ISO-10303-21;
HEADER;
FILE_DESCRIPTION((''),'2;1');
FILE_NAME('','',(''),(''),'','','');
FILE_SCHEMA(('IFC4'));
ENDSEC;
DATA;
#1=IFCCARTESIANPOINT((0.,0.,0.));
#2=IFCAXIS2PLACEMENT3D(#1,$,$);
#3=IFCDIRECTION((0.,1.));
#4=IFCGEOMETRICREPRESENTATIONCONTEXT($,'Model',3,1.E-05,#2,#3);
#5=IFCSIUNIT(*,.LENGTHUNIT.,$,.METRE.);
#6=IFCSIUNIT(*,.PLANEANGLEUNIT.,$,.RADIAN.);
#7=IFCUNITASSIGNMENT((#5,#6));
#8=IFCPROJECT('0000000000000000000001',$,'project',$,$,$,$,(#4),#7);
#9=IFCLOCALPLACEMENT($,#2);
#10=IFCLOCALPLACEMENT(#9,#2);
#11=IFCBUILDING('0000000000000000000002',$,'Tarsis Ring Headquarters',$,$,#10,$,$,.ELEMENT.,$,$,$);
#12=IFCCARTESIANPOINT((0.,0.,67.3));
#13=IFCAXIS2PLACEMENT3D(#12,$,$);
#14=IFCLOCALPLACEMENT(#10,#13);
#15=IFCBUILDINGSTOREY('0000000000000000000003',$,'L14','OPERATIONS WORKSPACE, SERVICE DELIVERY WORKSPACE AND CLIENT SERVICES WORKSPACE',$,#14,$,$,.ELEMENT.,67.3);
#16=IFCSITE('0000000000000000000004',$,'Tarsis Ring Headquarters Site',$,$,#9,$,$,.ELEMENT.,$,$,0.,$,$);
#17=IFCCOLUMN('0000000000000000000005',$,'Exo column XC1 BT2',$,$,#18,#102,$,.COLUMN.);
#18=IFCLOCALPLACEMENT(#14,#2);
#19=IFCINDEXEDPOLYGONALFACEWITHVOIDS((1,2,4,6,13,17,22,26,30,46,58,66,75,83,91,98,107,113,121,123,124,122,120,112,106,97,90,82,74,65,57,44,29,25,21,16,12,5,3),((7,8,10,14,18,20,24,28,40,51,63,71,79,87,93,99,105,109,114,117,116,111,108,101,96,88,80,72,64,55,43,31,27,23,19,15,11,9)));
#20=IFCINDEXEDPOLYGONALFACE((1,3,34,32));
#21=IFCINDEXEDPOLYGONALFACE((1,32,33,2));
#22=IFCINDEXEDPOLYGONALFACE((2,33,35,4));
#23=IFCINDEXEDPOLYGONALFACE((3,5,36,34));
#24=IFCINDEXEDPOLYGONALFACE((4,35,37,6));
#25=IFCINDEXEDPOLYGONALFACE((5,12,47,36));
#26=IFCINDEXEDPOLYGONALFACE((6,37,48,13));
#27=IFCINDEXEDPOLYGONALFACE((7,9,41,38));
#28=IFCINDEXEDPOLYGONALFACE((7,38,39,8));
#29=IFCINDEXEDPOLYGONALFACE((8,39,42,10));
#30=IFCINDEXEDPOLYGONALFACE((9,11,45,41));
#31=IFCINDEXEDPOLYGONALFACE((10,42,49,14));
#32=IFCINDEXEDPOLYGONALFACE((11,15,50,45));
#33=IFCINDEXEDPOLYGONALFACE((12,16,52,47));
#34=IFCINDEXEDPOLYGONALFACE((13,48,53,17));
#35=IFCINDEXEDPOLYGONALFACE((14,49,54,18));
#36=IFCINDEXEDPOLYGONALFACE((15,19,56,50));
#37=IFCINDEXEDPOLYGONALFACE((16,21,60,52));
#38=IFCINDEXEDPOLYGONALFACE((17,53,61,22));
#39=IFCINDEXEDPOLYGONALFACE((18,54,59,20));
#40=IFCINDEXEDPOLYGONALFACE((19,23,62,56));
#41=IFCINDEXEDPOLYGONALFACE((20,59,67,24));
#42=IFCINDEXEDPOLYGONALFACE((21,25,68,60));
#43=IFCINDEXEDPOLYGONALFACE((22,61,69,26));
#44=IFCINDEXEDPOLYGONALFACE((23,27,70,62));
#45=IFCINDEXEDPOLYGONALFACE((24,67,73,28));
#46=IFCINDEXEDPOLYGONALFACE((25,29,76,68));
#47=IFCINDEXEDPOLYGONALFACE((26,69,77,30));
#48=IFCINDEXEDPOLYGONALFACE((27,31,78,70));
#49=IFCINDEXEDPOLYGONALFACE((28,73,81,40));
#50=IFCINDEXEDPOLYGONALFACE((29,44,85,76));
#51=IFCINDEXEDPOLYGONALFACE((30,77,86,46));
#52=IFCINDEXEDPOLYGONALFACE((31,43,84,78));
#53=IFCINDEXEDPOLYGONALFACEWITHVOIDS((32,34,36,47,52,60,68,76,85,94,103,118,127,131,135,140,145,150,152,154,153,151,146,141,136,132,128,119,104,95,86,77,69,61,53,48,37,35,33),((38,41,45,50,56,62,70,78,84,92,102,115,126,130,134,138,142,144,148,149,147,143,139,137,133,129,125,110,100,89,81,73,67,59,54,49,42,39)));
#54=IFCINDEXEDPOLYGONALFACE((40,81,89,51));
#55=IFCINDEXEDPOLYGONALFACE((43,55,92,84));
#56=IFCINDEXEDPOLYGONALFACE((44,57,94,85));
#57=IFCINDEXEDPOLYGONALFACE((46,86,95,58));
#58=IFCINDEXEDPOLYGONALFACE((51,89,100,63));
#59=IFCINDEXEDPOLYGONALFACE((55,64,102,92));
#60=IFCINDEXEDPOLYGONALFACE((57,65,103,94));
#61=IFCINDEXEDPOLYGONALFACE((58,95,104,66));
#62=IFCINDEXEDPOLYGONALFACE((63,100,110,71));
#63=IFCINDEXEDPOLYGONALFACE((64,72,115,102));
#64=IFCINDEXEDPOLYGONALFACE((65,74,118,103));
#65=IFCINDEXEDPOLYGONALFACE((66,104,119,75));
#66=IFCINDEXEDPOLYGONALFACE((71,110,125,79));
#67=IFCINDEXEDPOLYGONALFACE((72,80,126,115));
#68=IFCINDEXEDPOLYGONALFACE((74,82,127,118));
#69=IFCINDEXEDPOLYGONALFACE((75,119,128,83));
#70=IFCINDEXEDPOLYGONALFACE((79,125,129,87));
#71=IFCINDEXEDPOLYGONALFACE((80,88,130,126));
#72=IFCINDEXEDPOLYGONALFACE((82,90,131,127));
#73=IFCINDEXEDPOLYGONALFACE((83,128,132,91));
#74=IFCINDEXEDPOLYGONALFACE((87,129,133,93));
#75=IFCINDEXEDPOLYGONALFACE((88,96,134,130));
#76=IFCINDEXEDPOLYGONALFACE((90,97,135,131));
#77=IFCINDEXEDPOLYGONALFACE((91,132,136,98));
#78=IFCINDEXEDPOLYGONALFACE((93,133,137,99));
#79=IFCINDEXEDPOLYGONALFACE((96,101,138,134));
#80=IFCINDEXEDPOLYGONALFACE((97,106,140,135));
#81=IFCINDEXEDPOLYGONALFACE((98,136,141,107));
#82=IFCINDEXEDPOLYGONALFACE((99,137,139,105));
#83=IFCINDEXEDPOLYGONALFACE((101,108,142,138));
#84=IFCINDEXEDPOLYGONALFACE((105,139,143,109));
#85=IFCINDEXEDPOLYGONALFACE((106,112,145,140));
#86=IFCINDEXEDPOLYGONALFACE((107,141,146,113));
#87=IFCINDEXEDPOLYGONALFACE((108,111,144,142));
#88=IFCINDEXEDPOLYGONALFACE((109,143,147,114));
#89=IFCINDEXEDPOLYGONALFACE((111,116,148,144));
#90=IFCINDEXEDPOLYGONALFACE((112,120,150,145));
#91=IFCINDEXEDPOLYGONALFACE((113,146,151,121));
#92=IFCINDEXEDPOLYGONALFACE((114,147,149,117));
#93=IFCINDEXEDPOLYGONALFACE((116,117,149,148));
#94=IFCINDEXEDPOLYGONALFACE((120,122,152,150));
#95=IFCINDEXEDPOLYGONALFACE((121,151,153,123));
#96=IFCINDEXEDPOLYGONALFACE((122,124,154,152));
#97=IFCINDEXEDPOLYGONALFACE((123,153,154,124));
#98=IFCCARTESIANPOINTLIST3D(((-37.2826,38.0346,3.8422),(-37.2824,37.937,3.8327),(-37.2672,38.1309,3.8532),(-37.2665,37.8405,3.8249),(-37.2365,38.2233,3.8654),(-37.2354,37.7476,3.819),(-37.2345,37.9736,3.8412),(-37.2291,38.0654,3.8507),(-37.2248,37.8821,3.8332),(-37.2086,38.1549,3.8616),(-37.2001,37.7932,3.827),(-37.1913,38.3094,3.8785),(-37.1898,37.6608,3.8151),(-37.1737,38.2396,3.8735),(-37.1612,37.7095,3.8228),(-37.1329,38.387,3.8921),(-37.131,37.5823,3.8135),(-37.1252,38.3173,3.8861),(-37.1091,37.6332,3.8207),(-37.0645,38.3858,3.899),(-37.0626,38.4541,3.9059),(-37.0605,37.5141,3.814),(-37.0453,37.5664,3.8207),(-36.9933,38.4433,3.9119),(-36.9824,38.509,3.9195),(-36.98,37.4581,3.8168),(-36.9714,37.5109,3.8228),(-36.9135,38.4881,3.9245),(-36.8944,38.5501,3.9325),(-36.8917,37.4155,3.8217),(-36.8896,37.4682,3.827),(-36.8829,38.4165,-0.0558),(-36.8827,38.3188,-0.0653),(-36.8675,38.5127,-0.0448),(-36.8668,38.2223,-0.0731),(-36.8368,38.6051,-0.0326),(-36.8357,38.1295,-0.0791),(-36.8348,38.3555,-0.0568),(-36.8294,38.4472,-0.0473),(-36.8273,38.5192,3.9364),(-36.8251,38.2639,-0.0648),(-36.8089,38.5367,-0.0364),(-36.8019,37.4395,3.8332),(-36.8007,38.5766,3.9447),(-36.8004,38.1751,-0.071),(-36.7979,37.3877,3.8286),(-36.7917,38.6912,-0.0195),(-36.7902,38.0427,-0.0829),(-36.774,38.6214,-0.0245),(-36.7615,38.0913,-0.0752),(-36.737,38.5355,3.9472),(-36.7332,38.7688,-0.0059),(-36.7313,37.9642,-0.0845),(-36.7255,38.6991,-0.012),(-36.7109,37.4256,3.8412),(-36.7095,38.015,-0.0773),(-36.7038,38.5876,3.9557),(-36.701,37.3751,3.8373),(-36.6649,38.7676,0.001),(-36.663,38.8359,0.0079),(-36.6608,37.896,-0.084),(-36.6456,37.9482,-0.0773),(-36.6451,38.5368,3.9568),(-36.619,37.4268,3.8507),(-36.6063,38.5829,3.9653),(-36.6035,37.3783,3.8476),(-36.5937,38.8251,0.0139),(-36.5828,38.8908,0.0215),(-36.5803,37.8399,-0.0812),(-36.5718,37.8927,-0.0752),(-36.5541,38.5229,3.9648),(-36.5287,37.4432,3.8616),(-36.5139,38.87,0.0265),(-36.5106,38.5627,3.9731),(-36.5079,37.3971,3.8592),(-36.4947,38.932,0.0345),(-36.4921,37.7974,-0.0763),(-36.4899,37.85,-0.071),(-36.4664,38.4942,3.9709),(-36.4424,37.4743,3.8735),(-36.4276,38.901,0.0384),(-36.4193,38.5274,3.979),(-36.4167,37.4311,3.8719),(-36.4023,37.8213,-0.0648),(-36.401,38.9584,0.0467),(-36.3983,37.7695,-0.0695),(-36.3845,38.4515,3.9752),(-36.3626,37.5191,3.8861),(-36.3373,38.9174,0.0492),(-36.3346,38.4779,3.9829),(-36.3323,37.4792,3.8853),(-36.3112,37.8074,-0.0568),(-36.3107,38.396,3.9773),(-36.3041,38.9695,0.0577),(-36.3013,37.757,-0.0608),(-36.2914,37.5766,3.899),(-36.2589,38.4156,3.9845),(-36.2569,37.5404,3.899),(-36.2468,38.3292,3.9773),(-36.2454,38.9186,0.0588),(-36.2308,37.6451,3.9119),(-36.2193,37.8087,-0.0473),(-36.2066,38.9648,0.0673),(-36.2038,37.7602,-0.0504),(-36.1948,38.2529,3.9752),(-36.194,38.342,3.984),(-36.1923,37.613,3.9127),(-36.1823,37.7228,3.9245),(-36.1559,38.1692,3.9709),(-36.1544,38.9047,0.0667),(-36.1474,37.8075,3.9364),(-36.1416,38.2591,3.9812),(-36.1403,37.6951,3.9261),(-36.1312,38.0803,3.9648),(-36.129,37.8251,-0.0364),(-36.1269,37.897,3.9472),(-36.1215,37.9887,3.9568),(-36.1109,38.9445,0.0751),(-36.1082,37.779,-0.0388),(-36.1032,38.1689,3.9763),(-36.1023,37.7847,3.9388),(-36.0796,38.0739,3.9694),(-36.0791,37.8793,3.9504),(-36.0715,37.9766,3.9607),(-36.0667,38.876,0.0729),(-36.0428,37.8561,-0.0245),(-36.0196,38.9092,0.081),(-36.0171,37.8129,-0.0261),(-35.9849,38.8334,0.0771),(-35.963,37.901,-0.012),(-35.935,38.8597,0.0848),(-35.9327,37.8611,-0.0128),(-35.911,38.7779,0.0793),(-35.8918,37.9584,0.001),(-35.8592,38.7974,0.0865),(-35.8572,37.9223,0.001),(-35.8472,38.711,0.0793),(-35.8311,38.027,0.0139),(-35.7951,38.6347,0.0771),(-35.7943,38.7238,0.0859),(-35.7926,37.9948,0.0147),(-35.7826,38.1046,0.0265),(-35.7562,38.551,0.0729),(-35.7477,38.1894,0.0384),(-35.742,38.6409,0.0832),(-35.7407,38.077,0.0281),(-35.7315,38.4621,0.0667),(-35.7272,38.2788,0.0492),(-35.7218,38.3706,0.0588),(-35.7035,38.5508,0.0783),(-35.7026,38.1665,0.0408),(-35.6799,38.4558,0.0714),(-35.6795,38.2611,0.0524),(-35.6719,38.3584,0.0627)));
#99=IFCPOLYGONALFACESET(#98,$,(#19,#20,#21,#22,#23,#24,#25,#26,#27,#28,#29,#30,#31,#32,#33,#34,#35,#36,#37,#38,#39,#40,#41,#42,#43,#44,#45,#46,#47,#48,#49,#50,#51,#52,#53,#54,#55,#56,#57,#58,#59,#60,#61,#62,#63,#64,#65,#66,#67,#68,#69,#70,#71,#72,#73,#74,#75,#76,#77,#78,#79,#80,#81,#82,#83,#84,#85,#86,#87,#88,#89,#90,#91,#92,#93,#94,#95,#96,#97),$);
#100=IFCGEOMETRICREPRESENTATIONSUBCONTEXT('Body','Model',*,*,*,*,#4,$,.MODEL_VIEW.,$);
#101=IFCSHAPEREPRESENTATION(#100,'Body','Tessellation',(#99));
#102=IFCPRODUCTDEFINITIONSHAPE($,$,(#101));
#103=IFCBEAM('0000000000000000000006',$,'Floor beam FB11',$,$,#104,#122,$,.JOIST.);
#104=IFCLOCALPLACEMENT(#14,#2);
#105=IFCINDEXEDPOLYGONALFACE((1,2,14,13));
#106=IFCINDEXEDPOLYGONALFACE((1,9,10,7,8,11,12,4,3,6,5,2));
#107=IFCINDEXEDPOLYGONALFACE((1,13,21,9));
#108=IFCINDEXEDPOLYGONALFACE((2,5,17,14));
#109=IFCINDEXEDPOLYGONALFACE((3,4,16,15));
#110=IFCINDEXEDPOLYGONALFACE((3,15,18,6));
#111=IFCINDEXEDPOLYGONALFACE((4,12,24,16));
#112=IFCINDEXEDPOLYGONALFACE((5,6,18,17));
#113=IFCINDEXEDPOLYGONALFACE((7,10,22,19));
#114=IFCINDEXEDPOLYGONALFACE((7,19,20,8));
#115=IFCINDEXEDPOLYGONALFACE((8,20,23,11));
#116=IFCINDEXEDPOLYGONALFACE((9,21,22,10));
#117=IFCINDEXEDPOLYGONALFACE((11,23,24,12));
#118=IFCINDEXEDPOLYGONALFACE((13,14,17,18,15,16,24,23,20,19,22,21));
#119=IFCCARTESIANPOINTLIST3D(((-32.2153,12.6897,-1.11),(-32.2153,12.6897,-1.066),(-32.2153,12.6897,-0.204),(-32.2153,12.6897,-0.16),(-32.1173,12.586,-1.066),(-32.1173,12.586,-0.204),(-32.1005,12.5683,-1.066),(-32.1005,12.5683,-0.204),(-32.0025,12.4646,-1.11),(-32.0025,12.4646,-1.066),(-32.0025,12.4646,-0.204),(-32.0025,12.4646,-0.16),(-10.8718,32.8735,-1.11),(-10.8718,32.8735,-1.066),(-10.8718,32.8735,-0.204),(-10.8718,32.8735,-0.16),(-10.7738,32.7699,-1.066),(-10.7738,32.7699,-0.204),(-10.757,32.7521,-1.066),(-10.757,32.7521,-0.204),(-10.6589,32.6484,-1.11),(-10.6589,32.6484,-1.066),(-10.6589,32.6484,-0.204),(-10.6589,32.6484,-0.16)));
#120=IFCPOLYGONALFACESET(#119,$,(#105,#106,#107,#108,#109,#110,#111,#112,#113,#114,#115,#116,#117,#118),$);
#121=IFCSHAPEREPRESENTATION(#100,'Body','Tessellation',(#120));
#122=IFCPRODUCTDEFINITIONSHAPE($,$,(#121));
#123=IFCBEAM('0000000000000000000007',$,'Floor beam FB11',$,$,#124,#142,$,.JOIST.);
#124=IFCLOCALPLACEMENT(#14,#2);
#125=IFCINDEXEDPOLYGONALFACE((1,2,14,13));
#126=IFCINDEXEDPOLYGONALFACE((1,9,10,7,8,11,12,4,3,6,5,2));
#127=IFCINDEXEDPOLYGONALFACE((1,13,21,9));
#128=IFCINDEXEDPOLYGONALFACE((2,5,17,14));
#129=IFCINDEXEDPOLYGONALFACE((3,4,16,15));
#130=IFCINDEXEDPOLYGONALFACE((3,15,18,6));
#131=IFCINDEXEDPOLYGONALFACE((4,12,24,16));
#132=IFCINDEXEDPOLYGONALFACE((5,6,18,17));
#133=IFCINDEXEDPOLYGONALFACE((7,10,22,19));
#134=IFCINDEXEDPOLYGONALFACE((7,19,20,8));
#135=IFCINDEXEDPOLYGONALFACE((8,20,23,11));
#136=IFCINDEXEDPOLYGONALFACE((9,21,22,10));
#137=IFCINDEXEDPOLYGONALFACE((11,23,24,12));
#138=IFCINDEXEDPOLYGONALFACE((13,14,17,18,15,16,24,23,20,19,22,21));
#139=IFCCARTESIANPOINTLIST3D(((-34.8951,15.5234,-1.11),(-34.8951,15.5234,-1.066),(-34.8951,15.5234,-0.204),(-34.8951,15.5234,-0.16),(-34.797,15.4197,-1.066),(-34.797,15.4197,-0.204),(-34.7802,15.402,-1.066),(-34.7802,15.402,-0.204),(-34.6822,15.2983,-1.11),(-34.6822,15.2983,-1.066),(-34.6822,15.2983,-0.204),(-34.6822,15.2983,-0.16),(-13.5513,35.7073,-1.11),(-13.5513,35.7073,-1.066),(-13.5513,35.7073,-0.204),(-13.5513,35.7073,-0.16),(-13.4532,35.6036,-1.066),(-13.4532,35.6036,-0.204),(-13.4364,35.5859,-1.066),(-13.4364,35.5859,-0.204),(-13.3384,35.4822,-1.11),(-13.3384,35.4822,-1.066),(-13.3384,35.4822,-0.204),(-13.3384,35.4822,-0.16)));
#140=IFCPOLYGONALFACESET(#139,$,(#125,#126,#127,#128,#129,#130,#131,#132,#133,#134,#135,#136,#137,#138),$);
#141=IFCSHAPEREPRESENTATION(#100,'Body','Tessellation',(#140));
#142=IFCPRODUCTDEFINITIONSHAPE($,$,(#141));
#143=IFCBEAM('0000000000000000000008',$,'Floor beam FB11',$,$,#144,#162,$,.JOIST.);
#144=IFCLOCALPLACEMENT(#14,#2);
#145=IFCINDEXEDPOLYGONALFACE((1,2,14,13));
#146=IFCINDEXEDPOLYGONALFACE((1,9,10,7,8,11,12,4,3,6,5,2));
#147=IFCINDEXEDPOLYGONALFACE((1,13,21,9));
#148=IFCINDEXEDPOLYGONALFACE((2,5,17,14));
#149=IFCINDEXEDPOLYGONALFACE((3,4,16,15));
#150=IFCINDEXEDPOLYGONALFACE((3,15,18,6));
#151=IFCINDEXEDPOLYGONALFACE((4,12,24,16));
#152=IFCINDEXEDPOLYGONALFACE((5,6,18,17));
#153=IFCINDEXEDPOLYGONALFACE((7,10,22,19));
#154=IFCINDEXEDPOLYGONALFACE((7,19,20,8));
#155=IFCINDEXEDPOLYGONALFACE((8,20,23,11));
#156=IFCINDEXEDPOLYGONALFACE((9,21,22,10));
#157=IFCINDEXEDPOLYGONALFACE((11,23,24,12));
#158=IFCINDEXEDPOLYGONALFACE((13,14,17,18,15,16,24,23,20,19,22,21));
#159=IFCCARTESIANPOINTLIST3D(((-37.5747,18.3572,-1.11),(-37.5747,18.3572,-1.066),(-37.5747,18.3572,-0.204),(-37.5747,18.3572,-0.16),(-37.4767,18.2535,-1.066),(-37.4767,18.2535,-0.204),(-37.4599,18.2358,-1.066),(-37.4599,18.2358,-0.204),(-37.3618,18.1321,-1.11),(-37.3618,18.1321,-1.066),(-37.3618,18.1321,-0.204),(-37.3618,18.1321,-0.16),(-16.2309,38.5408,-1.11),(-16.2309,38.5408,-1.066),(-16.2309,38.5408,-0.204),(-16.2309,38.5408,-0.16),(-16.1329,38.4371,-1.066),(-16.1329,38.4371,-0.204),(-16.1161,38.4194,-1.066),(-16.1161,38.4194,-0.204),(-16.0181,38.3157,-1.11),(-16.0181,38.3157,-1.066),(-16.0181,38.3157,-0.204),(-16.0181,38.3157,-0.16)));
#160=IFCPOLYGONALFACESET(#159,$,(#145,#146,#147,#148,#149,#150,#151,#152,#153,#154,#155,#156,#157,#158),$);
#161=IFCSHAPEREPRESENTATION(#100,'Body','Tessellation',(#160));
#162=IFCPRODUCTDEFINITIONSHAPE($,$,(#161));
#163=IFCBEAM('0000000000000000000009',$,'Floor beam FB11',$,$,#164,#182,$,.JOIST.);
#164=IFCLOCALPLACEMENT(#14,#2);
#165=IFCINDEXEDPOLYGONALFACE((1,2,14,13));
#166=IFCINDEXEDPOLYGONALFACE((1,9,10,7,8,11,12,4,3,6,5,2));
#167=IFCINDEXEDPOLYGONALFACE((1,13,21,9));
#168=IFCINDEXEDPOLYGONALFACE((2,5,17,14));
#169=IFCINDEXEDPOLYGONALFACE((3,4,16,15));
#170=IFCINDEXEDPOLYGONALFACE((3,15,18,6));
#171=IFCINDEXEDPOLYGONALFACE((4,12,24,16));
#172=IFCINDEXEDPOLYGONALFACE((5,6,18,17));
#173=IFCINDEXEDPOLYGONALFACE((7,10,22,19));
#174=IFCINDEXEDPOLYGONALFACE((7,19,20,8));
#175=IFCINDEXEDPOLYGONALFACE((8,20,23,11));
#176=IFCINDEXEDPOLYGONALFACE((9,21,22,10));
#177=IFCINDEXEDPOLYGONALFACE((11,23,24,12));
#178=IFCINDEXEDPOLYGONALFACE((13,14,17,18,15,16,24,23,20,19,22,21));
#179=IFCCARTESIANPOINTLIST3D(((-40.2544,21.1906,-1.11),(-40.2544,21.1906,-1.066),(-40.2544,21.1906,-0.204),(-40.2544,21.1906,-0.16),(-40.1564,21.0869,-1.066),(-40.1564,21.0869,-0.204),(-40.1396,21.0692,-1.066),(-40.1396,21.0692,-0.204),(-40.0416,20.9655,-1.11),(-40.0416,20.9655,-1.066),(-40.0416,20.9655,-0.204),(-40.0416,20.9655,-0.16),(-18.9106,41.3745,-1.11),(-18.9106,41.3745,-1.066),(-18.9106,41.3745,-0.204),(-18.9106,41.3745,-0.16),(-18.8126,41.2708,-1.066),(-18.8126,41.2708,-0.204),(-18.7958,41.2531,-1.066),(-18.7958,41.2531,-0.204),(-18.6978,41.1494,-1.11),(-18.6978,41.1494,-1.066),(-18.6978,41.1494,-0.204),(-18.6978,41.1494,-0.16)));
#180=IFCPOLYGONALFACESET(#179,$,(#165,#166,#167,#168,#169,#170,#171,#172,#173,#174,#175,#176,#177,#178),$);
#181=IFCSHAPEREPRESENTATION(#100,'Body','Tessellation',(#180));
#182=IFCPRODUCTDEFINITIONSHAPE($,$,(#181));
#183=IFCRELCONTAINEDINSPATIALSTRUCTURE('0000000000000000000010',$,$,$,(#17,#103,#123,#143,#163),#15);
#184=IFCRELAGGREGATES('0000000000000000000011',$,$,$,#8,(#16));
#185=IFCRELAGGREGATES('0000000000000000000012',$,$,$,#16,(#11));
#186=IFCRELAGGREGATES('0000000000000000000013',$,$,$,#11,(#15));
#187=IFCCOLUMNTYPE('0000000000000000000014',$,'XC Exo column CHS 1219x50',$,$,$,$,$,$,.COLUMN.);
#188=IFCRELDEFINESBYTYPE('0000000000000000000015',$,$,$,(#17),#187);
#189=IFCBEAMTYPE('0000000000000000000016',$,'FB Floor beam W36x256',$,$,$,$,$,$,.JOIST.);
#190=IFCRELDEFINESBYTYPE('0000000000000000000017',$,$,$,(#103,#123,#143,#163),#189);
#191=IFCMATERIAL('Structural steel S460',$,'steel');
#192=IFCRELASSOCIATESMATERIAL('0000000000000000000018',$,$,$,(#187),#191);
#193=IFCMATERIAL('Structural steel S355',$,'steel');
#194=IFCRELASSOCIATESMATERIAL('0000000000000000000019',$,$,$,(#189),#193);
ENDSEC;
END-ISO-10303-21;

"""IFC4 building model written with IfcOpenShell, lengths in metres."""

from ifc_helpers import new_model, si_unit, direction, frame, origin, origin_2d, place, context, subcontext, project, spatial, hollow_circle, i_section, extrude, material, material_profile, profile_set, type_object, element, save


model = new_model("IFC4")

# Units and contexts
model_context = context("Model", 3, precision=1e-05, world=origin(), true_north=direction((0.0, 1.0)))
body_context = subcontext(model_context, "Body", "Model", "MODEL_VIEW")
ifc_project = project(units=[si_unit("LENGTHUNIT", "METRE"), si_unit("PLANEANGLEUNIT", "RADIAN")], contexts=[model_context])

# Site, building, storey
site_placement = place(None, origin())
site = spatial("IfcSite", under=ifc_project, at=site_placement, Name="Tarsis Ring Headquarters Site", CompositionType="ELEMENT", RefElevation=0.0)
building_placement = place(site_placement, origin())
building = spatial("IfcBuilding", under=site, at=building_placement, Name="Tarsis Ring Headquarters", CompositionType="ELEMENT")
storey_placement = place(building_placement, frame((0.0, 0.0, 67.3)))
storey = spatial("IfcBuildingStorey", under=building, at=storey_placement, Name="L14", Description="OPERATIONS WORKSPACE, SERVICE DELIVERY WORKSPACE AND CLIENT SERVICES WORKSPACE", CompositionType="ELEMENT", Elevation=67.3)

# Column
ifc_material_1 = material(Name="Structural steel S460", Category="steel")
ifc_material_profile_1 = material_profile(ifc_material_1, hollow_circle(Radius=0.6096, WallThickness=0.05, at=origin_2d()), Name="CHS 1219x50")
ifc_profile_set_1 = profile_set([ifc_material_profile_1], Name="Structural steel S460")
column_type = type_object("IfcColumnType", Name="XC Exo column CHS 1219x50", PredefinedType="COLUMN", material=ifc_profile_set_1)
column_1_placement = place(storey_placement, frame((-36.2783, 38.363, 0.001), z_axis=(-0.101515, -0.096988, 0.990095), x_axis=(0.690801, -0.723045, 0.0)))
element("IfcColumn", 1, at=column_1_placement, inside=storey, type_object=column_type, Name="Exo column XC1 BT2", PredefinedType="COLUMN", context=body_context, shape_type="SweptSolid", body=[
    extrude(hollow_circle(Radius=0.6096, WallThickness=0.05, at=origin_2d()), origin(), (0.0, 0.0, 1.0), 3.937),
])

# Beams
ifc_material_2 = material(Name="Structural steel S355", Category="steel")
ifc_material_profile_2 = material_profile(ifc_material_2, i_section(OverallWidth=0.3098, OverallDepth=0.95, WebThickness=0.0244, FlangeThickness=0.0439, at=origin_2d()), Name="W36x256")
ifc_profile_set_2 = profile_set([ifc_material_profile_2], Name="Structural steel S355")
beam_type_1 = type_object("IfcBeamType", Name="FB Floor beam W36x256", PredefinedType="JOIST", material=ifc_profile_set_2)
beam_1_placement = place(storey_placement, frame((-10.7654, 32.761, -0.635), z_axis=(-0.72657, -0.687093, 0.0), x_axis=(0.687093, -0.72657, 0.0)))
element("IfcBeam", 2, at=beam_1_placement, inside=storey, type_object=beam_type_1, Name="Floor beam FB11", PredefinedType="JOIST", context=body_context, shape_type="SweptSolid", body=[
    extrude(i_section(OverallWidth=0.3098, OverallDepth=0.95, WebThickness=0.0244, FlangeThickness=0.0439, at=origin_2d()), origin(), (0.0, 0.0, 1.0), 29.3757),
])
beam_2_placement = place(storey_placement, frame((-13.4448, 35.5947, -0.635), z_axis=(-0.726574, -0.687089, 0.0), x_axis=(0.687089, -0.726574, 0.0)))
element("IfcBeam", 3, at=beam_2_placement, inside=storey, type_object=beam_type_1, Name="Floor beam FB11", PredefinedType="JOIST", context=body_context, shape_type="SweptSolid", body=[
    extrude(i_section(OverallWidth=0.3098, OverallDepth=0.95, WebThickness=0.0244, FlangeThickness=0.0439, at=origin_2d()), origin(), (0.0, 0.0, 1.0), 29.376),
])
beam_3_placement = place(storey_placement, frame((-16.1245, 38.4282, -0.635), z_axis=(-0.726578, -0.687084, 0.0), x_axis=(0.687084, -0.726578, 0.0)))
element("IfcBeam", 4, at=beam_3_placement, inside=storey, type_object=beam_type_1, Name="Floor beam FB11", PredefinedType="JOIST", context=body_context, shape_type="SweptSolid", body=[
    extrude(i_section(OverallWidth=0.3098, OverallDepth=0.95, WebThickness=0.0244, FlangeThickness=0.0439, at=origin_2d()), origin(), (0.0, 0.0, 1.0), 29.3757),
])
beam_4_placement = place(storey_placement, frame((-18.8042, 41.262, -0.635), z_axis=(-0.726574, -0.687089, 0.0), x_axis=(0.687089, -0.726574, 0.0)))
element("IfcBeam", 5, at=beam_4_placement, inside=storey, type_object=beam_type_1, Name="Floor beam FB11", PredefinedType="JOIST", context=body_context, shape_type="SweptSolid", body=[
    extrude(i_section(OverallWidth=0.3098, OverallDepth=0.95, WebThickness=0.0244, FlangeThickness=0.0439, at=origin_2d()), origin(), (0.0, 0.0, 1.0), 29.376),
])

save(model, "model.ifc")
